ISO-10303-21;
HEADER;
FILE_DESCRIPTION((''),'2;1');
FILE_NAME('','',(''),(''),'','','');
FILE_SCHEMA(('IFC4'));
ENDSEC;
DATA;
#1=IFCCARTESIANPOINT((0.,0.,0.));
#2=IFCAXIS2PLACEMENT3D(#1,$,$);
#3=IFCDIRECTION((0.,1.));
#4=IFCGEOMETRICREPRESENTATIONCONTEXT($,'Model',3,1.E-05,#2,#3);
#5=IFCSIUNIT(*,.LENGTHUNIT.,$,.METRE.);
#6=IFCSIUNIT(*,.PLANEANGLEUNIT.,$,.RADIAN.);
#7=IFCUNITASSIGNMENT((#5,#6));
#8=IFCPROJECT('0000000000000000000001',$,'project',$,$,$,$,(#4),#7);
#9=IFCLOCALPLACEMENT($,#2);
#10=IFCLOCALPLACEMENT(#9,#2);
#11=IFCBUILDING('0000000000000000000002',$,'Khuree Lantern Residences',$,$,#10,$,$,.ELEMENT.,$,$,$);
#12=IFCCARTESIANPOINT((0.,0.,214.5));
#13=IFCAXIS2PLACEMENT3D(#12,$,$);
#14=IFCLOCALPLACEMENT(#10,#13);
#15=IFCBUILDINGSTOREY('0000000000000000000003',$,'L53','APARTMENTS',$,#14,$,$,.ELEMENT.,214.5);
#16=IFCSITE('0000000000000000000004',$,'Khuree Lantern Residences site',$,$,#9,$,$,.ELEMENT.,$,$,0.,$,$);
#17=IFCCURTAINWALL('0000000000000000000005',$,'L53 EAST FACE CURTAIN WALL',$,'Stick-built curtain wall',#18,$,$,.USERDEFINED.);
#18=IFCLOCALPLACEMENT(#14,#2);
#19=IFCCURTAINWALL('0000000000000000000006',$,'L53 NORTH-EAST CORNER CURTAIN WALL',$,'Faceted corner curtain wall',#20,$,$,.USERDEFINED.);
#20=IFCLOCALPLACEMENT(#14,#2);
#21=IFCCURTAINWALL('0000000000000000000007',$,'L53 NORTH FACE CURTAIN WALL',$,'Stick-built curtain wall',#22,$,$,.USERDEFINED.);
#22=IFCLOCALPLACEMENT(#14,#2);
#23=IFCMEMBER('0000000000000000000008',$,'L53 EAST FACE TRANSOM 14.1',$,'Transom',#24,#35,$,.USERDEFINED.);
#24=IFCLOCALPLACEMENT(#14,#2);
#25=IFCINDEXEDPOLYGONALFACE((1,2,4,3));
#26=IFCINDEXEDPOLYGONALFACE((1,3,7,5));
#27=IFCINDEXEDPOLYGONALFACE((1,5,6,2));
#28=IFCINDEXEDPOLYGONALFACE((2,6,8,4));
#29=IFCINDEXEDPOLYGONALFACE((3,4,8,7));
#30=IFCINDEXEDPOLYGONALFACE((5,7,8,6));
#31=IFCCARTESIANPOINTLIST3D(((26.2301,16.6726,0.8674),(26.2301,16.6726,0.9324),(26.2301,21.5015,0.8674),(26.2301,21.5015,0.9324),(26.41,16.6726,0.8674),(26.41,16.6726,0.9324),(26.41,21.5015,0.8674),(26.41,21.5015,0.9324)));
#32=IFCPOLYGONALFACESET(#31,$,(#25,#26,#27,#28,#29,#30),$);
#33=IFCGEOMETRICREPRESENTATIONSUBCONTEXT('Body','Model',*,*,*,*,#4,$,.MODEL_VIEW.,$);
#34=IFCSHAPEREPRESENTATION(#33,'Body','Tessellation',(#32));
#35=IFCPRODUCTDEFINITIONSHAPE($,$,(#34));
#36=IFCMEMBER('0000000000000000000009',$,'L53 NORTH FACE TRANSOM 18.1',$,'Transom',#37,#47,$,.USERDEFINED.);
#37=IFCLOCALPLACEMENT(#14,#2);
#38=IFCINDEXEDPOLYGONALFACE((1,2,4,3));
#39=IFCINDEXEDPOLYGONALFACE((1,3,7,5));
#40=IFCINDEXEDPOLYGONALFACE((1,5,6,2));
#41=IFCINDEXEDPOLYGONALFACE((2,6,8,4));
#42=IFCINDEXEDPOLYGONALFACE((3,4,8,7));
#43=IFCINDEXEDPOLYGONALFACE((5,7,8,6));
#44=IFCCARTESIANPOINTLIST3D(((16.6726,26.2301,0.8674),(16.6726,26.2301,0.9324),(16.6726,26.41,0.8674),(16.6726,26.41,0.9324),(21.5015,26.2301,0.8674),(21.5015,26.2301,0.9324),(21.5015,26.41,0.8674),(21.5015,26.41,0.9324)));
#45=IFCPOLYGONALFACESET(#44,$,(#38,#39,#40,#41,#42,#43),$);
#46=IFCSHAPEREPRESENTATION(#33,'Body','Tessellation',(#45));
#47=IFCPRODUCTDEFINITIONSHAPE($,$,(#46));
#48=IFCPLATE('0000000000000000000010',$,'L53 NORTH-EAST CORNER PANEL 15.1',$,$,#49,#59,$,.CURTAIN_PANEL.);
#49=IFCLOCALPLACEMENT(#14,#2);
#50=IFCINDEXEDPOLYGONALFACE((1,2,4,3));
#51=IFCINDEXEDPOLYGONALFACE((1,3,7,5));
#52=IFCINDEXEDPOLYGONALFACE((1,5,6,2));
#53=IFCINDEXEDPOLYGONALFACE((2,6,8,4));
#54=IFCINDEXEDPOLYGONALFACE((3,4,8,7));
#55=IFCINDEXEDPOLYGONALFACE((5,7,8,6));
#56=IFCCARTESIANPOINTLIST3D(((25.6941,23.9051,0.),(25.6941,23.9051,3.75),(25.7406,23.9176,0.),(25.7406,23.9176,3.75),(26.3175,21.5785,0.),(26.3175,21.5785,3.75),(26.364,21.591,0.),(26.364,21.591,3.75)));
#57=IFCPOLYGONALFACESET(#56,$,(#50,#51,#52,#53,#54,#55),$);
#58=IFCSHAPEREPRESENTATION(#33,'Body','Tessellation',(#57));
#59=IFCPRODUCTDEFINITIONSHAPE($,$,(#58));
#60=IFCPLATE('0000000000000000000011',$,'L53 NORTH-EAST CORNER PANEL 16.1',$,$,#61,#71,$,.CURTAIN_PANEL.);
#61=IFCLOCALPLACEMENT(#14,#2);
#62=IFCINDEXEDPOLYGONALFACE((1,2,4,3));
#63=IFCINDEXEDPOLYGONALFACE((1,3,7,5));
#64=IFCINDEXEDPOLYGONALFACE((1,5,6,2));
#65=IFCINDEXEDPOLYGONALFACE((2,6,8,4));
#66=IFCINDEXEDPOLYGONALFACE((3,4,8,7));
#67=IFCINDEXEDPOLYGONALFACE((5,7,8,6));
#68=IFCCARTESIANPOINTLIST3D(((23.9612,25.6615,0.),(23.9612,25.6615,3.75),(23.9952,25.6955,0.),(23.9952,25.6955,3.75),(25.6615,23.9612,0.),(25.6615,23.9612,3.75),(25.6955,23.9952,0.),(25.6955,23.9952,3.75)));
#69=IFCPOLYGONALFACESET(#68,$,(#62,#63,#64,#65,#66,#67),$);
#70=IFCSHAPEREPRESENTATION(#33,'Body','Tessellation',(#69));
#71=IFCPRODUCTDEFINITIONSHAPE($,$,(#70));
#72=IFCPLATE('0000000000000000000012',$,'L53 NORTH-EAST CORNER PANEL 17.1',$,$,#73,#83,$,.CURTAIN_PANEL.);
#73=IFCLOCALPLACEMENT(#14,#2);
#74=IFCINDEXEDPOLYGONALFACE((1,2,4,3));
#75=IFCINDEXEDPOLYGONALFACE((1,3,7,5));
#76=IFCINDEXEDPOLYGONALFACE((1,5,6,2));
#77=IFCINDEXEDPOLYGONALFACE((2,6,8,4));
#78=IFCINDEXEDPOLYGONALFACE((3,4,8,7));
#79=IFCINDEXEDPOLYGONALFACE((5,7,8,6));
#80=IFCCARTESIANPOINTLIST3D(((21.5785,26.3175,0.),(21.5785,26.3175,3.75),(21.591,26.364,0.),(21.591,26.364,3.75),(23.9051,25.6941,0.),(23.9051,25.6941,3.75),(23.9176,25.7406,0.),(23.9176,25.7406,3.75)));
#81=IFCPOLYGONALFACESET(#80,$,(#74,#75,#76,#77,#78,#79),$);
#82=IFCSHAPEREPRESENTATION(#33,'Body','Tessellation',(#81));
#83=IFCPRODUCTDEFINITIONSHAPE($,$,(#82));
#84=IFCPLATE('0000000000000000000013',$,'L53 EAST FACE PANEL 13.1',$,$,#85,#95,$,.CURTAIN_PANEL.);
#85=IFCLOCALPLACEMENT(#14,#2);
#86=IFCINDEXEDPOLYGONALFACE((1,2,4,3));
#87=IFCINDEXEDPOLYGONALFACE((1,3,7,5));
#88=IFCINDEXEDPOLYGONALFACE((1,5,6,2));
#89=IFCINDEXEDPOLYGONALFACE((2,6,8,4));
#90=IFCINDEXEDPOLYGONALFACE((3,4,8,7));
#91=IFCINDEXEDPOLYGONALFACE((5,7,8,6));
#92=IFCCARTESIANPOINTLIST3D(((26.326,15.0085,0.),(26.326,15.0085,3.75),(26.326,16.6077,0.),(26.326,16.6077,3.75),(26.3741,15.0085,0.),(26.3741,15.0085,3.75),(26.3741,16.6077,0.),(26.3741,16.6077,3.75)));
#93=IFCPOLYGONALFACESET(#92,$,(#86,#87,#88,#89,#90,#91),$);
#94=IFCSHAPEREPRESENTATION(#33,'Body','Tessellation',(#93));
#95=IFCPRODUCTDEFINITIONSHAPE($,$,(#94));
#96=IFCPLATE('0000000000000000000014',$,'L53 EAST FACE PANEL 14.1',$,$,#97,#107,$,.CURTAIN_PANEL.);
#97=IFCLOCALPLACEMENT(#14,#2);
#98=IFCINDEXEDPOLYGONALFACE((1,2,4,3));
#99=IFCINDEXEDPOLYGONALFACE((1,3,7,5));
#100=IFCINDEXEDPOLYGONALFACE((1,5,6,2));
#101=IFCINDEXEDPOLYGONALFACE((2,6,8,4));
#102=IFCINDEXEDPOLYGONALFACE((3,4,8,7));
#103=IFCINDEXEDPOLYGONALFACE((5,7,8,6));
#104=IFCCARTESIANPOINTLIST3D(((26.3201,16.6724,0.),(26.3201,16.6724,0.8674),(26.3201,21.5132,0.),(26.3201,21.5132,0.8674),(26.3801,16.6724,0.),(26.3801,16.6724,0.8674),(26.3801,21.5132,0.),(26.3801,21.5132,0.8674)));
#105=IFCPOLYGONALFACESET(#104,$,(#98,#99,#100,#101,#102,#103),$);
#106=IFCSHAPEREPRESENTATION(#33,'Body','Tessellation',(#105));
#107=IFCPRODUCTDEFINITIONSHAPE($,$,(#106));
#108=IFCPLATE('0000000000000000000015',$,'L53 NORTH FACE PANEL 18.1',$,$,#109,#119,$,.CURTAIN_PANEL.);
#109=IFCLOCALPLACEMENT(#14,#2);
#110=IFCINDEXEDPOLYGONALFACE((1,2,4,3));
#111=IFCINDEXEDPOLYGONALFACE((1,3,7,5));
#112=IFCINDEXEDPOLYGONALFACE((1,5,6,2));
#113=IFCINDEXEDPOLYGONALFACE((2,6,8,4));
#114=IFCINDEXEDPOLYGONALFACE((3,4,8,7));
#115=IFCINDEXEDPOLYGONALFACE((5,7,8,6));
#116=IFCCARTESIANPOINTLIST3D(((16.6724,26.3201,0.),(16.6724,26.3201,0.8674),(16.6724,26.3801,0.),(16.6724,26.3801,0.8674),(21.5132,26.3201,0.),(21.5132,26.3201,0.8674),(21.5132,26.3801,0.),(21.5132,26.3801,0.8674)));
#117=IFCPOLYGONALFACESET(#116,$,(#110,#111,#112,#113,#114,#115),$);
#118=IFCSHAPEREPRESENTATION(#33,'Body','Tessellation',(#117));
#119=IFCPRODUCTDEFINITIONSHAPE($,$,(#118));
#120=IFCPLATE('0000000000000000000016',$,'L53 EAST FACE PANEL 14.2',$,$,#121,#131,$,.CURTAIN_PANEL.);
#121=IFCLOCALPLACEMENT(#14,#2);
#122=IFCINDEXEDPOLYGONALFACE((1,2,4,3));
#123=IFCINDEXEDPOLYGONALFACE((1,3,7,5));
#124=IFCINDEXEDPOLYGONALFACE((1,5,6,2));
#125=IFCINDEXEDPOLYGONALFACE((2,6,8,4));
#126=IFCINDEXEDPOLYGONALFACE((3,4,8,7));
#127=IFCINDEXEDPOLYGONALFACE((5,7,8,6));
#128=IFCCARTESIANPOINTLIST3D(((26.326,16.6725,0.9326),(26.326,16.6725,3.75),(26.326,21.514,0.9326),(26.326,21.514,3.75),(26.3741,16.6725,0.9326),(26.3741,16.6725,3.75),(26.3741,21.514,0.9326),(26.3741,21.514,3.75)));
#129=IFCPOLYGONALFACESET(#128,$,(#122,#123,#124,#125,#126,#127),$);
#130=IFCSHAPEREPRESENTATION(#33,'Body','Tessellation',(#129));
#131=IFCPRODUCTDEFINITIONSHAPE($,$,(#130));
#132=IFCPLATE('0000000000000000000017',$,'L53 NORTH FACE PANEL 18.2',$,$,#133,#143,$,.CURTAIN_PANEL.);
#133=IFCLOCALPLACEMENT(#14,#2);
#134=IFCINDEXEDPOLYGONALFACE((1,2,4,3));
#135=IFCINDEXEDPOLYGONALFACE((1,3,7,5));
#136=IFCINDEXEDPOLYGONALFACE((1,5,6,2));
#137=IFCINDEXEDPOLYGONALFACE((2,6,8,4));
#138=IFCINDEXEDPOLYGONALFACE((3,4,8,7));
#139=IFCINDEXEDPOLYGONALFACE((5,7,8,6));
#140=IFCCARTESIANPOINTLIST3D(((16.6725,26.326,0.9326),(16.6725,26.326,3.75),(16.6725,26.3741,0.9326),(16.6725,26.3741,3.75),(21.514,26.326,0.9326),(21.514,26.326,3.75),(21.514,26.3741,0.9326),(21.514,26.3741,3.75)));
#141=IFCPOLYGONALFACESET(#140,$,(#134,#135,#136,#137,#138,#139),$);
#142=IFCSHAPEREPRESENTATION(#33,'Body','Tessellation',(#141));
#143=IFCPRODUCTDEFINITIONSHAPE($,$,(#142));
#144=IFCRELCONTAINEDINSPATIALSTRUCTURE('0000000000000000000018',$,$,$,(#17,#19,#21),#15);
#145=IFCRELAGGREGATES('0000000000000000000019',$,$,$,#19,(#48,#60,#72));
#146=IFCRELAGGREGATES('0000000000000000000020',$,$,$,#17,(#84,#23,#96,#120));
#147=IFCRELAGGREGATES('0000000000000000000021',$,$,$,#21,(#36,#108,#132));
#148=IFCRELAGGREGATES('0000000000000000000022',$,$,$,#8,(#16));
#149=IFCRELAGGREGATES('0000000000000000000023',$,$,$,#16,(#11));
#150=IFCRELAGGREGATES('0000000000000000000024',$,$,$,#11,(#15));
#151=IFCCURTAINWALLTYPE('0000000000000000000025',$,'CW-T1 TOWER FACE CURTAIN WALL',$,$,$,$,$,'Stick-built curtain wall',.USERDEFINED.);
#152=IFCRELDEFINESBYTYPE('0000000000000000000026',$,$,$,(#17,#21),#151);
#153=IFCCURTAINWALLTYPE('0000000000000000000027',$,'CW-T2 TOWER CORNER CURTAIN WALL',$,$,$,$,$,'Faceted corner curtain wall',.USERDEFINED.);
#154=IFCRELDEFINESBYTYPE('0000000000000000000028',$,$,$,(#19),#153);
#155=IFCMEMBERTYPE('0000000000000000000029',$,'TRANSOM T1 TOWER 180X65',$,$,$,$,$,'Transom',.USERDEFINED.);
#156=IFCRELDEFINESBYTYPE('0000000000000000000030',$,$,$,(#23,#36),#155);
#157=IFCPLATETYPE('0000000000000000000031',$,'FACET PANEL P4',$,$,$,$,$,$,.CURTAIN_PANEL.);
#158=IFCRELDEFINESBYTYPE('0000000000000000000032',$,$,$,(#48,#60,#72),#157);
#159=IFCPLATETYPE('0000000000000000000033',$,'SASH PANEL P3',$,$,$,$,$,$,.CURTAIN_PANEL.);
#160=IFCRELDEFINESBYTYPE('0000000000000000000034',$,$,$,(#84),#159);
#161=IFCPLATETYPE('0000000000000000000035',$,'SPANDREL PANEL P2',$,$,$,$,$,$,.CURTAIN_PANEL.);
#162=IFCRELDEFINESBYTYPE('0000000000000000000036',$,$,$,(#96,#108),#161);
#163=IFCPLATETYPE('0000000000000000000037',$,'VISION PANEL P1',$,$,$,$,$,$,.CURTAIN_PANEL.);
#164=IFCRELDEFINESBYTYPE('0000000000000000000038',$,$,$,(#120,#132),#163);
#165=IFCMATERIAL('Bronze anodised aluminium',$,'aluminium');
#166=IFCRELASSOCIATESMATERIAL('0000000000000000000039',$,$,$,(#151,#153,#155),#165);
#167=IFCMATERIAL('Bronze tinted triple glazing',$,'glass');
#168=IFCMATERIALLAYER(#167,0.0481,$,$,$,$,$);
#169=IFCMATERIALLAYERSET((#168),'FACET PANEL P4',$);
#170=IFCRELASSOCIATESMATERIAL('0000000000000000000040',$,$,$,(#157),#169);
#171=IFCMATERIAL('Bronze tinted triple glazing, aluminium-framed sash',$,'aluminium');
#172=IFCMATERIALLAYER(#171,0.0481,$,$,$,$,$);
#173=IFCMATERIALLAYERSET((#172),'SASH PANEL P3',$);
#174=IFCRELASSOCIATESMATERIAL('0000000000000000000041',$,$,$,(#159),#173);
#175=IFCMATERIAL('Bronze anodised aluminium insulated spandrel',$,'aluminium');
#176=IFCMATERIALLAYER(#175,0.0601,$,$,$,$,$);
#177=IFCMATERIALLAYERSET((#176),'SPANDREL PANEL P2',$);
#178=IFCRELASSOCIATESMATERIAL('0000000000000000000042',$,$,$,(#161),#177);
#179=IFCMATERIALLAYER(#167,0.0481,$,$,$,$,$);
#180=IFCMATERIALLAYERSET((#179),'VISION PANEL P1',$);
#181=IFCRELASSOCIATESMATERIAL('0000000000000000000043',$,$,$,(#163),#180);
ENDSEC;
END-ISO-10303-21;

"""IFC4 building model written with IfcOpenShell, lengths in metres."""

from ifc_helpers import new_model, si_unit, direction, frame, origin, origin_2d, place, context, subcontext, project, spatial, rectangle, extrude, material, layer, layer_set, material_profile, profile_set, type_object, element, aggregate, save


model = new_model("IFC4")

# Units and contexts
model_context = context("Model", 3, precision=1e-05, world=origin(), true_north=direction((0.0, 1.0)))
body_context = subcontext(model_context, "Body", "Model", "MODEL_VIEW")
ifc_project = project(units=[si_unit("LENGTHUNIT", "METRE"), si_unit("PLANEANGLEUNIT", "RADIAN")], contexts=[model_context])

# Site, building, storey
site_placement = place(None, origin())
site = spatial("IfcSite", under=ifc_project, at=site_placement, Name="Khuree Lantern Residences site", CompositionType="ELEMENT", RefElevation=0.0)
building_placement = place(site_placement, origin())
building = spatial("IfcBuilding", under=site, at=building_placement, Name="Khuree Lantern Residences", CompositionType="ELEMENT")
storey_placement = place(building_placement, frame((0.0, 0.0, 214.5)))
storey = spatial("IfcBuildingStorey", under=building, at=storey_placement, Name="L53", Description="APARTMENTS", CompositionType="ELEMENT", Elevation=214.5)

# Curtain walls
ifc_material_1 = material(Name="Bronze anodised aluminium", Category="aluminium")
curtain_wall_type_1 = type_object("IfcCurtainWallType", Name="CW-T1 TOWER FACE CURTAIN WALL", ElementType="Stick-built curtain wall", PredefinedType="USERDEFINED", material=ifc_material_1)
curtain_wall_1_placement = place(storey_placement, origin())
curtain_wall_1 = element("IfcCurtainWall", 1, at=curtain_wall_1_placement, inside=storey, type_object=curtain_wall_type_1, Name="L53 EAST FACE CURTAIN WALL", ObjectType="Stick-built curtain wall", PredefinedType="USERDEFINED")
curtain_wall_type_2 = type_object("IfcCurtainWallType", Name="CW-T2 TOWER CORNER CURTAIN WALL", ElementType="Faceted corner curtain wall", PredefinedType="USERDEFINED", material=ifc_material_1)
curtain_wall_2_placement = place(storey_placement, origin())
curtain_wall_2 = element("IfcCurtainWall", 2, at=curtain_wall_2_placement, inside=storey, type_object=curtain_wall_type_2, Name="L53 NORTH-EAST CORNER CURTAIN WALL", ObjectType="Faceted corner curtain wall", PredefinedType="USERDEFINED")

# Curtain wall
curtain_wall_3_placement = place(storey_placement, origin())
curtain_wall_3 = element("IfcCurtainWall", 3, at=curtain_wall_3_placement, inside=storey, type_object=curtain_wall_type_1, Name="L53 NORTH FACE CURTAIN WALL", ObjectType="Stick-built curtain wall", PredefinedType="USERDEFINED")

# Members
ifc_material_profile_1 = material_profile(ifc_material_1, rectangle(XDim=0.1799, YDim=0.0649, at=origin_2d()), Name="T1 180X65")
ifc_profile_set_1 = profile_set([ifc_material_profile_1], Name="Bronze anodised aluminium")
member_type_1 = type_object("IfcMemberType", Name="TRANSOM T1 TOWER 180X65", ElementType="Transom", PredefinedType="USERDEFINED", material=ifc_profile_set_1)
member_1_placement = place(storey_placement, frame((26.3201, 16.6726, 0.8999), z_axis=(0.0, 1.0, 0.0), x_axis=(-1.0, 0.0, 0.0)))
member_1 = element("IfcMember", 4, at=member_1_placement, type_object=member_type_1, Name="L53 EAST FACE TRANSOM 14.1", ObjectType="Transom", PredefinedType="USERDEFINED", context=body_context, shape_type="SweptSolid", body=[
    extrude(rectangle(XDim=0.1799, YDim=0.0649, at=origin_2d()), origin(), (0.0, 0.0, 1.0), 4.8289),
])
member_2_placement = place(storey_placement, frame((21.5015, 26.3201, 0.8999), z_axis=(-1.0, 0.0, 0.0), x_axis=(0.0, -1.0, 0.0)))
member_2 = element("IfcMember", 5, at=member_2_placement, type_object=member_type_1, Name="L53 NORTH FACE TRANSOM 18.1", ObjectType="Transom", PredefinedType="USERDEFINED", context=body_context, shape_type="SweptSolid", body=[
    extrude(rectangle(XDim=0.1799, YDim=0.0649, at=origin_2d()), origin(), (0.0, 0.0, 1.0), 4.8289),
])

# Plates
ifc_material_2 = material(Name="Bronze tinted triple glazing", Category="glass")
ifc_layer_1 = layer(ifc_material_2, 0.0481)
ifc_layer_set_1 = layer_set([ifc_layer_1], Name="FACET PANEL P4")
plate_type_1 = type_object("IfcPlateType", Name="FACET PANEL P4", PredefinedType="CURTAIN_PANEL", material=ifc_layer_set_1)
plate_1_placement = place(storey_placement, frame((26.0291, 22.748, 0.0), z_axis=(0.0, 0.0, 1.0), x_axis=(-0.258819, 0.965926, 0.0)))
plate_1 = element("IfcPlate", 6, at=plate_1_placement, type_object=plate_type_1, Name="L53 NORTH-EAST CORNER PANEL 15.1", PredefinedType="CURTAIN_PANEL", context=body_context, shape_type="SweptSolid", body=[
    extrude(rectangle(XDim=2.4087, YDim=0.0481, at=origin_2d()), origin(), (0.0, 0.0, 1.0), 3.75),
])
plate_2_placement = place(storey_placement, frame((24.8284, 24.8284, 0.0), z_axis=(0.0, 0.0, 1.0), x_axis=(-0.707107, 0.707107, 0.0)))
plate_2 = element("IfcPlate", 7, at=plate_2_placement, type_object=plate_type_1, Name="L53 NORTH-EAST CORNER PANEL 16.1", PredefinedType="CURTAIN_PANEL", context=body_context, shape_type="SweptSolid", body=[
    extrude(rectangle(XDim=2.4045, YDim=0.0481, at=origin_2d()), origin(), (0.0, 0.0, 1.0), 3.75),
])
plate_3_placement = place(storey_placement, frame((22.748, 26.0291, 0.0), z_axis=(0.0, 0.0, 1.0), x_axis=(-0.965926, 0.258819, 0.0)))
plate_3 = element("IfcPlate", 8, at=plate_3_placement, type_object=plate_type_1, Name="L53 NORTH-EAST CORNER PANEL 17.1", PredefinedType="CURTAIN_PANEL", context=body_context, shape_type="SweptSolid", body=[
    extrude(rectangle(XDim=2.4087, YDim=0.0481, at=origin_2d()), origin(), (0.0, 0.0, 1.0), 3.75),
])
aggregate(curtain_wall_2, [plate_1, plate_2, plate_3])
ifc_material_3 = material(Name="Bronze tinted triple glazing, aluminium-framed sash", Category="aluminium")
ifc_layer_2 = layer(ifc_material_3, 0.0481)
ifc_layer_set_2 = layer_set([ifc_layer_2], Name="SASH PANEL P3")
plate_type_2 = type_object("IfcPlateType", Name="SASH PANEL P3", PredefinedType="CURTAIN_PANEL", material=ifc_layer_set_2)
plate_4_placement = place(storey_placement, frame((26.3501, 15.8081, 0.0), z_axis=(0.0, 0.0, 1.0), x_axis=(0.0, 1.0, 0.0)))
plate_4 = element("IfcPlate", 9, at=plate_4_placement, type_object=plate_type_2, Name="L53 EAST FACE PANEL 13.1", PredefinedType="CURTAIN_PANEL", context=body_context, shape_type="SweptSolid", body=[
    extrude(rectangle(XDim=1.5991, YDim=0.0481, at=origin_2d()), origin(), (0.0, 0.0, 1.0), 3.75),
])
ifc_material_4 = material(Name="Bronze anodised aluminium insulated spandrel", Category="aluminium")
ifc_layer_3 = layer(ifc_material_4, 0.0601)
ifc_layer_set_3 = layer_set([ifc_layer_3], Name="SPANDREL PANEL P2")
plate_type_3 = type_object("IfcPlateType", Name="SPANDREL PANEL P2", PredefinedType="CURTAIN_PANEL", material=ifc_layer_set_3)
plate_5_placement = place(storey_placement, frame((26.3501, 19.0928, 0.0), z_axis=(0.0, 0.0, 1.0), x_axis=(0.0, 1.0, 0.0)))
plate_5 = element("IfcPlate", 10, at=plate_5_placement, type_object=plate_type_3, Name="L53 EAST FACE PANEL 14.1", PredefinedType="CURTAIN_PANEL", context=body_context, shape_type="SweptSolid", body=[
    extrude(rectangle(XDim=4.8408, YDim=0.0601, at=origin_2d()), origin(), (0.0, 0.0, 1.0), 0.8674),
])
plate_6_placement = place(storey_placement, frame((19.0928, 26.3501, 0.0), z_axis=(0.0, 0.0, 1.0), x_axis=(-1.0, 0.0, 0.0)))
plate_6 = element("IfcPlate", 11, at=plate_6_placement, type_object=plate_type_3, Name="L53 NORTH FACE PANEL 18.1", PredefinedType="CURTAIN_PANEL", context=body_context, shape_type="SweptSolid", body=[
    extrude(rectangle(XDim=4.8408, YDim=0.0601, at=origin_2d()), origin(), (0.0, 0.0, 1.0), 0.8674),
])
ifc_layer_4 = layer(ifc_material_2, 0.0481)
ifc_layer_set_4 = layer_set([ifc_layer_4], Name="VISION PANEL P1")
plate_type_4 = type_object("IfcPlateType", Name="VISION PANEL P1", PredefinedType="CURTAIN_PANEL", material=ifc_layer_set_4)
plate_7_placement = place(storey_placement, frame((26.3501, 19.0933, 0.9326), z_axis=(0.0, 0.0, 1.0), x_axis=(0.0, 1.0, 0.0)))
plate_7 = element("IfcPlate", 12, at=plate_7_placement, type_object=plate_type_4, Name="L53 EAST FACE PANEL 14.2", PredefinedType="CURTAIN_PANEL", context=body_context, shape_type="SweptSolid", body=[
    extrude(rectangle(XDim=4.8416, YDim=0.0481, at=origin_2d()), origin(), (0.0, 0.0, 1.0), 2.8174),
])
aggregate(curtain_wall_1, [plate_4, member_1, plate_5, plate_7])
plate_8_placement = place(storey_placement, frame((19.0933, 26.3501, 0.9326), z_axis=(0.0, 0.0, 1.0), x_axis=(-1.0, 0.0, 0.0)))
plate_8 = element("IfcPlate", 13, at=plate_8_placement, type_object=plate_type_4, Name="L53 NORTH FACE PANEL 18.2", PredefinedType="CURTAIN_PANEL", context=body_context, shape_type="SweptSolid", body=[
    extrude(rectangle(XDim=4.8416, YDim=0.0481, at=origin_2d()), origin(), (0.0, 0.0, 1.0), 2.8174),
])
aggregate(curtain_wall_3, [member_2, plate_6, plate_8])

save(model, "model.ifc")
